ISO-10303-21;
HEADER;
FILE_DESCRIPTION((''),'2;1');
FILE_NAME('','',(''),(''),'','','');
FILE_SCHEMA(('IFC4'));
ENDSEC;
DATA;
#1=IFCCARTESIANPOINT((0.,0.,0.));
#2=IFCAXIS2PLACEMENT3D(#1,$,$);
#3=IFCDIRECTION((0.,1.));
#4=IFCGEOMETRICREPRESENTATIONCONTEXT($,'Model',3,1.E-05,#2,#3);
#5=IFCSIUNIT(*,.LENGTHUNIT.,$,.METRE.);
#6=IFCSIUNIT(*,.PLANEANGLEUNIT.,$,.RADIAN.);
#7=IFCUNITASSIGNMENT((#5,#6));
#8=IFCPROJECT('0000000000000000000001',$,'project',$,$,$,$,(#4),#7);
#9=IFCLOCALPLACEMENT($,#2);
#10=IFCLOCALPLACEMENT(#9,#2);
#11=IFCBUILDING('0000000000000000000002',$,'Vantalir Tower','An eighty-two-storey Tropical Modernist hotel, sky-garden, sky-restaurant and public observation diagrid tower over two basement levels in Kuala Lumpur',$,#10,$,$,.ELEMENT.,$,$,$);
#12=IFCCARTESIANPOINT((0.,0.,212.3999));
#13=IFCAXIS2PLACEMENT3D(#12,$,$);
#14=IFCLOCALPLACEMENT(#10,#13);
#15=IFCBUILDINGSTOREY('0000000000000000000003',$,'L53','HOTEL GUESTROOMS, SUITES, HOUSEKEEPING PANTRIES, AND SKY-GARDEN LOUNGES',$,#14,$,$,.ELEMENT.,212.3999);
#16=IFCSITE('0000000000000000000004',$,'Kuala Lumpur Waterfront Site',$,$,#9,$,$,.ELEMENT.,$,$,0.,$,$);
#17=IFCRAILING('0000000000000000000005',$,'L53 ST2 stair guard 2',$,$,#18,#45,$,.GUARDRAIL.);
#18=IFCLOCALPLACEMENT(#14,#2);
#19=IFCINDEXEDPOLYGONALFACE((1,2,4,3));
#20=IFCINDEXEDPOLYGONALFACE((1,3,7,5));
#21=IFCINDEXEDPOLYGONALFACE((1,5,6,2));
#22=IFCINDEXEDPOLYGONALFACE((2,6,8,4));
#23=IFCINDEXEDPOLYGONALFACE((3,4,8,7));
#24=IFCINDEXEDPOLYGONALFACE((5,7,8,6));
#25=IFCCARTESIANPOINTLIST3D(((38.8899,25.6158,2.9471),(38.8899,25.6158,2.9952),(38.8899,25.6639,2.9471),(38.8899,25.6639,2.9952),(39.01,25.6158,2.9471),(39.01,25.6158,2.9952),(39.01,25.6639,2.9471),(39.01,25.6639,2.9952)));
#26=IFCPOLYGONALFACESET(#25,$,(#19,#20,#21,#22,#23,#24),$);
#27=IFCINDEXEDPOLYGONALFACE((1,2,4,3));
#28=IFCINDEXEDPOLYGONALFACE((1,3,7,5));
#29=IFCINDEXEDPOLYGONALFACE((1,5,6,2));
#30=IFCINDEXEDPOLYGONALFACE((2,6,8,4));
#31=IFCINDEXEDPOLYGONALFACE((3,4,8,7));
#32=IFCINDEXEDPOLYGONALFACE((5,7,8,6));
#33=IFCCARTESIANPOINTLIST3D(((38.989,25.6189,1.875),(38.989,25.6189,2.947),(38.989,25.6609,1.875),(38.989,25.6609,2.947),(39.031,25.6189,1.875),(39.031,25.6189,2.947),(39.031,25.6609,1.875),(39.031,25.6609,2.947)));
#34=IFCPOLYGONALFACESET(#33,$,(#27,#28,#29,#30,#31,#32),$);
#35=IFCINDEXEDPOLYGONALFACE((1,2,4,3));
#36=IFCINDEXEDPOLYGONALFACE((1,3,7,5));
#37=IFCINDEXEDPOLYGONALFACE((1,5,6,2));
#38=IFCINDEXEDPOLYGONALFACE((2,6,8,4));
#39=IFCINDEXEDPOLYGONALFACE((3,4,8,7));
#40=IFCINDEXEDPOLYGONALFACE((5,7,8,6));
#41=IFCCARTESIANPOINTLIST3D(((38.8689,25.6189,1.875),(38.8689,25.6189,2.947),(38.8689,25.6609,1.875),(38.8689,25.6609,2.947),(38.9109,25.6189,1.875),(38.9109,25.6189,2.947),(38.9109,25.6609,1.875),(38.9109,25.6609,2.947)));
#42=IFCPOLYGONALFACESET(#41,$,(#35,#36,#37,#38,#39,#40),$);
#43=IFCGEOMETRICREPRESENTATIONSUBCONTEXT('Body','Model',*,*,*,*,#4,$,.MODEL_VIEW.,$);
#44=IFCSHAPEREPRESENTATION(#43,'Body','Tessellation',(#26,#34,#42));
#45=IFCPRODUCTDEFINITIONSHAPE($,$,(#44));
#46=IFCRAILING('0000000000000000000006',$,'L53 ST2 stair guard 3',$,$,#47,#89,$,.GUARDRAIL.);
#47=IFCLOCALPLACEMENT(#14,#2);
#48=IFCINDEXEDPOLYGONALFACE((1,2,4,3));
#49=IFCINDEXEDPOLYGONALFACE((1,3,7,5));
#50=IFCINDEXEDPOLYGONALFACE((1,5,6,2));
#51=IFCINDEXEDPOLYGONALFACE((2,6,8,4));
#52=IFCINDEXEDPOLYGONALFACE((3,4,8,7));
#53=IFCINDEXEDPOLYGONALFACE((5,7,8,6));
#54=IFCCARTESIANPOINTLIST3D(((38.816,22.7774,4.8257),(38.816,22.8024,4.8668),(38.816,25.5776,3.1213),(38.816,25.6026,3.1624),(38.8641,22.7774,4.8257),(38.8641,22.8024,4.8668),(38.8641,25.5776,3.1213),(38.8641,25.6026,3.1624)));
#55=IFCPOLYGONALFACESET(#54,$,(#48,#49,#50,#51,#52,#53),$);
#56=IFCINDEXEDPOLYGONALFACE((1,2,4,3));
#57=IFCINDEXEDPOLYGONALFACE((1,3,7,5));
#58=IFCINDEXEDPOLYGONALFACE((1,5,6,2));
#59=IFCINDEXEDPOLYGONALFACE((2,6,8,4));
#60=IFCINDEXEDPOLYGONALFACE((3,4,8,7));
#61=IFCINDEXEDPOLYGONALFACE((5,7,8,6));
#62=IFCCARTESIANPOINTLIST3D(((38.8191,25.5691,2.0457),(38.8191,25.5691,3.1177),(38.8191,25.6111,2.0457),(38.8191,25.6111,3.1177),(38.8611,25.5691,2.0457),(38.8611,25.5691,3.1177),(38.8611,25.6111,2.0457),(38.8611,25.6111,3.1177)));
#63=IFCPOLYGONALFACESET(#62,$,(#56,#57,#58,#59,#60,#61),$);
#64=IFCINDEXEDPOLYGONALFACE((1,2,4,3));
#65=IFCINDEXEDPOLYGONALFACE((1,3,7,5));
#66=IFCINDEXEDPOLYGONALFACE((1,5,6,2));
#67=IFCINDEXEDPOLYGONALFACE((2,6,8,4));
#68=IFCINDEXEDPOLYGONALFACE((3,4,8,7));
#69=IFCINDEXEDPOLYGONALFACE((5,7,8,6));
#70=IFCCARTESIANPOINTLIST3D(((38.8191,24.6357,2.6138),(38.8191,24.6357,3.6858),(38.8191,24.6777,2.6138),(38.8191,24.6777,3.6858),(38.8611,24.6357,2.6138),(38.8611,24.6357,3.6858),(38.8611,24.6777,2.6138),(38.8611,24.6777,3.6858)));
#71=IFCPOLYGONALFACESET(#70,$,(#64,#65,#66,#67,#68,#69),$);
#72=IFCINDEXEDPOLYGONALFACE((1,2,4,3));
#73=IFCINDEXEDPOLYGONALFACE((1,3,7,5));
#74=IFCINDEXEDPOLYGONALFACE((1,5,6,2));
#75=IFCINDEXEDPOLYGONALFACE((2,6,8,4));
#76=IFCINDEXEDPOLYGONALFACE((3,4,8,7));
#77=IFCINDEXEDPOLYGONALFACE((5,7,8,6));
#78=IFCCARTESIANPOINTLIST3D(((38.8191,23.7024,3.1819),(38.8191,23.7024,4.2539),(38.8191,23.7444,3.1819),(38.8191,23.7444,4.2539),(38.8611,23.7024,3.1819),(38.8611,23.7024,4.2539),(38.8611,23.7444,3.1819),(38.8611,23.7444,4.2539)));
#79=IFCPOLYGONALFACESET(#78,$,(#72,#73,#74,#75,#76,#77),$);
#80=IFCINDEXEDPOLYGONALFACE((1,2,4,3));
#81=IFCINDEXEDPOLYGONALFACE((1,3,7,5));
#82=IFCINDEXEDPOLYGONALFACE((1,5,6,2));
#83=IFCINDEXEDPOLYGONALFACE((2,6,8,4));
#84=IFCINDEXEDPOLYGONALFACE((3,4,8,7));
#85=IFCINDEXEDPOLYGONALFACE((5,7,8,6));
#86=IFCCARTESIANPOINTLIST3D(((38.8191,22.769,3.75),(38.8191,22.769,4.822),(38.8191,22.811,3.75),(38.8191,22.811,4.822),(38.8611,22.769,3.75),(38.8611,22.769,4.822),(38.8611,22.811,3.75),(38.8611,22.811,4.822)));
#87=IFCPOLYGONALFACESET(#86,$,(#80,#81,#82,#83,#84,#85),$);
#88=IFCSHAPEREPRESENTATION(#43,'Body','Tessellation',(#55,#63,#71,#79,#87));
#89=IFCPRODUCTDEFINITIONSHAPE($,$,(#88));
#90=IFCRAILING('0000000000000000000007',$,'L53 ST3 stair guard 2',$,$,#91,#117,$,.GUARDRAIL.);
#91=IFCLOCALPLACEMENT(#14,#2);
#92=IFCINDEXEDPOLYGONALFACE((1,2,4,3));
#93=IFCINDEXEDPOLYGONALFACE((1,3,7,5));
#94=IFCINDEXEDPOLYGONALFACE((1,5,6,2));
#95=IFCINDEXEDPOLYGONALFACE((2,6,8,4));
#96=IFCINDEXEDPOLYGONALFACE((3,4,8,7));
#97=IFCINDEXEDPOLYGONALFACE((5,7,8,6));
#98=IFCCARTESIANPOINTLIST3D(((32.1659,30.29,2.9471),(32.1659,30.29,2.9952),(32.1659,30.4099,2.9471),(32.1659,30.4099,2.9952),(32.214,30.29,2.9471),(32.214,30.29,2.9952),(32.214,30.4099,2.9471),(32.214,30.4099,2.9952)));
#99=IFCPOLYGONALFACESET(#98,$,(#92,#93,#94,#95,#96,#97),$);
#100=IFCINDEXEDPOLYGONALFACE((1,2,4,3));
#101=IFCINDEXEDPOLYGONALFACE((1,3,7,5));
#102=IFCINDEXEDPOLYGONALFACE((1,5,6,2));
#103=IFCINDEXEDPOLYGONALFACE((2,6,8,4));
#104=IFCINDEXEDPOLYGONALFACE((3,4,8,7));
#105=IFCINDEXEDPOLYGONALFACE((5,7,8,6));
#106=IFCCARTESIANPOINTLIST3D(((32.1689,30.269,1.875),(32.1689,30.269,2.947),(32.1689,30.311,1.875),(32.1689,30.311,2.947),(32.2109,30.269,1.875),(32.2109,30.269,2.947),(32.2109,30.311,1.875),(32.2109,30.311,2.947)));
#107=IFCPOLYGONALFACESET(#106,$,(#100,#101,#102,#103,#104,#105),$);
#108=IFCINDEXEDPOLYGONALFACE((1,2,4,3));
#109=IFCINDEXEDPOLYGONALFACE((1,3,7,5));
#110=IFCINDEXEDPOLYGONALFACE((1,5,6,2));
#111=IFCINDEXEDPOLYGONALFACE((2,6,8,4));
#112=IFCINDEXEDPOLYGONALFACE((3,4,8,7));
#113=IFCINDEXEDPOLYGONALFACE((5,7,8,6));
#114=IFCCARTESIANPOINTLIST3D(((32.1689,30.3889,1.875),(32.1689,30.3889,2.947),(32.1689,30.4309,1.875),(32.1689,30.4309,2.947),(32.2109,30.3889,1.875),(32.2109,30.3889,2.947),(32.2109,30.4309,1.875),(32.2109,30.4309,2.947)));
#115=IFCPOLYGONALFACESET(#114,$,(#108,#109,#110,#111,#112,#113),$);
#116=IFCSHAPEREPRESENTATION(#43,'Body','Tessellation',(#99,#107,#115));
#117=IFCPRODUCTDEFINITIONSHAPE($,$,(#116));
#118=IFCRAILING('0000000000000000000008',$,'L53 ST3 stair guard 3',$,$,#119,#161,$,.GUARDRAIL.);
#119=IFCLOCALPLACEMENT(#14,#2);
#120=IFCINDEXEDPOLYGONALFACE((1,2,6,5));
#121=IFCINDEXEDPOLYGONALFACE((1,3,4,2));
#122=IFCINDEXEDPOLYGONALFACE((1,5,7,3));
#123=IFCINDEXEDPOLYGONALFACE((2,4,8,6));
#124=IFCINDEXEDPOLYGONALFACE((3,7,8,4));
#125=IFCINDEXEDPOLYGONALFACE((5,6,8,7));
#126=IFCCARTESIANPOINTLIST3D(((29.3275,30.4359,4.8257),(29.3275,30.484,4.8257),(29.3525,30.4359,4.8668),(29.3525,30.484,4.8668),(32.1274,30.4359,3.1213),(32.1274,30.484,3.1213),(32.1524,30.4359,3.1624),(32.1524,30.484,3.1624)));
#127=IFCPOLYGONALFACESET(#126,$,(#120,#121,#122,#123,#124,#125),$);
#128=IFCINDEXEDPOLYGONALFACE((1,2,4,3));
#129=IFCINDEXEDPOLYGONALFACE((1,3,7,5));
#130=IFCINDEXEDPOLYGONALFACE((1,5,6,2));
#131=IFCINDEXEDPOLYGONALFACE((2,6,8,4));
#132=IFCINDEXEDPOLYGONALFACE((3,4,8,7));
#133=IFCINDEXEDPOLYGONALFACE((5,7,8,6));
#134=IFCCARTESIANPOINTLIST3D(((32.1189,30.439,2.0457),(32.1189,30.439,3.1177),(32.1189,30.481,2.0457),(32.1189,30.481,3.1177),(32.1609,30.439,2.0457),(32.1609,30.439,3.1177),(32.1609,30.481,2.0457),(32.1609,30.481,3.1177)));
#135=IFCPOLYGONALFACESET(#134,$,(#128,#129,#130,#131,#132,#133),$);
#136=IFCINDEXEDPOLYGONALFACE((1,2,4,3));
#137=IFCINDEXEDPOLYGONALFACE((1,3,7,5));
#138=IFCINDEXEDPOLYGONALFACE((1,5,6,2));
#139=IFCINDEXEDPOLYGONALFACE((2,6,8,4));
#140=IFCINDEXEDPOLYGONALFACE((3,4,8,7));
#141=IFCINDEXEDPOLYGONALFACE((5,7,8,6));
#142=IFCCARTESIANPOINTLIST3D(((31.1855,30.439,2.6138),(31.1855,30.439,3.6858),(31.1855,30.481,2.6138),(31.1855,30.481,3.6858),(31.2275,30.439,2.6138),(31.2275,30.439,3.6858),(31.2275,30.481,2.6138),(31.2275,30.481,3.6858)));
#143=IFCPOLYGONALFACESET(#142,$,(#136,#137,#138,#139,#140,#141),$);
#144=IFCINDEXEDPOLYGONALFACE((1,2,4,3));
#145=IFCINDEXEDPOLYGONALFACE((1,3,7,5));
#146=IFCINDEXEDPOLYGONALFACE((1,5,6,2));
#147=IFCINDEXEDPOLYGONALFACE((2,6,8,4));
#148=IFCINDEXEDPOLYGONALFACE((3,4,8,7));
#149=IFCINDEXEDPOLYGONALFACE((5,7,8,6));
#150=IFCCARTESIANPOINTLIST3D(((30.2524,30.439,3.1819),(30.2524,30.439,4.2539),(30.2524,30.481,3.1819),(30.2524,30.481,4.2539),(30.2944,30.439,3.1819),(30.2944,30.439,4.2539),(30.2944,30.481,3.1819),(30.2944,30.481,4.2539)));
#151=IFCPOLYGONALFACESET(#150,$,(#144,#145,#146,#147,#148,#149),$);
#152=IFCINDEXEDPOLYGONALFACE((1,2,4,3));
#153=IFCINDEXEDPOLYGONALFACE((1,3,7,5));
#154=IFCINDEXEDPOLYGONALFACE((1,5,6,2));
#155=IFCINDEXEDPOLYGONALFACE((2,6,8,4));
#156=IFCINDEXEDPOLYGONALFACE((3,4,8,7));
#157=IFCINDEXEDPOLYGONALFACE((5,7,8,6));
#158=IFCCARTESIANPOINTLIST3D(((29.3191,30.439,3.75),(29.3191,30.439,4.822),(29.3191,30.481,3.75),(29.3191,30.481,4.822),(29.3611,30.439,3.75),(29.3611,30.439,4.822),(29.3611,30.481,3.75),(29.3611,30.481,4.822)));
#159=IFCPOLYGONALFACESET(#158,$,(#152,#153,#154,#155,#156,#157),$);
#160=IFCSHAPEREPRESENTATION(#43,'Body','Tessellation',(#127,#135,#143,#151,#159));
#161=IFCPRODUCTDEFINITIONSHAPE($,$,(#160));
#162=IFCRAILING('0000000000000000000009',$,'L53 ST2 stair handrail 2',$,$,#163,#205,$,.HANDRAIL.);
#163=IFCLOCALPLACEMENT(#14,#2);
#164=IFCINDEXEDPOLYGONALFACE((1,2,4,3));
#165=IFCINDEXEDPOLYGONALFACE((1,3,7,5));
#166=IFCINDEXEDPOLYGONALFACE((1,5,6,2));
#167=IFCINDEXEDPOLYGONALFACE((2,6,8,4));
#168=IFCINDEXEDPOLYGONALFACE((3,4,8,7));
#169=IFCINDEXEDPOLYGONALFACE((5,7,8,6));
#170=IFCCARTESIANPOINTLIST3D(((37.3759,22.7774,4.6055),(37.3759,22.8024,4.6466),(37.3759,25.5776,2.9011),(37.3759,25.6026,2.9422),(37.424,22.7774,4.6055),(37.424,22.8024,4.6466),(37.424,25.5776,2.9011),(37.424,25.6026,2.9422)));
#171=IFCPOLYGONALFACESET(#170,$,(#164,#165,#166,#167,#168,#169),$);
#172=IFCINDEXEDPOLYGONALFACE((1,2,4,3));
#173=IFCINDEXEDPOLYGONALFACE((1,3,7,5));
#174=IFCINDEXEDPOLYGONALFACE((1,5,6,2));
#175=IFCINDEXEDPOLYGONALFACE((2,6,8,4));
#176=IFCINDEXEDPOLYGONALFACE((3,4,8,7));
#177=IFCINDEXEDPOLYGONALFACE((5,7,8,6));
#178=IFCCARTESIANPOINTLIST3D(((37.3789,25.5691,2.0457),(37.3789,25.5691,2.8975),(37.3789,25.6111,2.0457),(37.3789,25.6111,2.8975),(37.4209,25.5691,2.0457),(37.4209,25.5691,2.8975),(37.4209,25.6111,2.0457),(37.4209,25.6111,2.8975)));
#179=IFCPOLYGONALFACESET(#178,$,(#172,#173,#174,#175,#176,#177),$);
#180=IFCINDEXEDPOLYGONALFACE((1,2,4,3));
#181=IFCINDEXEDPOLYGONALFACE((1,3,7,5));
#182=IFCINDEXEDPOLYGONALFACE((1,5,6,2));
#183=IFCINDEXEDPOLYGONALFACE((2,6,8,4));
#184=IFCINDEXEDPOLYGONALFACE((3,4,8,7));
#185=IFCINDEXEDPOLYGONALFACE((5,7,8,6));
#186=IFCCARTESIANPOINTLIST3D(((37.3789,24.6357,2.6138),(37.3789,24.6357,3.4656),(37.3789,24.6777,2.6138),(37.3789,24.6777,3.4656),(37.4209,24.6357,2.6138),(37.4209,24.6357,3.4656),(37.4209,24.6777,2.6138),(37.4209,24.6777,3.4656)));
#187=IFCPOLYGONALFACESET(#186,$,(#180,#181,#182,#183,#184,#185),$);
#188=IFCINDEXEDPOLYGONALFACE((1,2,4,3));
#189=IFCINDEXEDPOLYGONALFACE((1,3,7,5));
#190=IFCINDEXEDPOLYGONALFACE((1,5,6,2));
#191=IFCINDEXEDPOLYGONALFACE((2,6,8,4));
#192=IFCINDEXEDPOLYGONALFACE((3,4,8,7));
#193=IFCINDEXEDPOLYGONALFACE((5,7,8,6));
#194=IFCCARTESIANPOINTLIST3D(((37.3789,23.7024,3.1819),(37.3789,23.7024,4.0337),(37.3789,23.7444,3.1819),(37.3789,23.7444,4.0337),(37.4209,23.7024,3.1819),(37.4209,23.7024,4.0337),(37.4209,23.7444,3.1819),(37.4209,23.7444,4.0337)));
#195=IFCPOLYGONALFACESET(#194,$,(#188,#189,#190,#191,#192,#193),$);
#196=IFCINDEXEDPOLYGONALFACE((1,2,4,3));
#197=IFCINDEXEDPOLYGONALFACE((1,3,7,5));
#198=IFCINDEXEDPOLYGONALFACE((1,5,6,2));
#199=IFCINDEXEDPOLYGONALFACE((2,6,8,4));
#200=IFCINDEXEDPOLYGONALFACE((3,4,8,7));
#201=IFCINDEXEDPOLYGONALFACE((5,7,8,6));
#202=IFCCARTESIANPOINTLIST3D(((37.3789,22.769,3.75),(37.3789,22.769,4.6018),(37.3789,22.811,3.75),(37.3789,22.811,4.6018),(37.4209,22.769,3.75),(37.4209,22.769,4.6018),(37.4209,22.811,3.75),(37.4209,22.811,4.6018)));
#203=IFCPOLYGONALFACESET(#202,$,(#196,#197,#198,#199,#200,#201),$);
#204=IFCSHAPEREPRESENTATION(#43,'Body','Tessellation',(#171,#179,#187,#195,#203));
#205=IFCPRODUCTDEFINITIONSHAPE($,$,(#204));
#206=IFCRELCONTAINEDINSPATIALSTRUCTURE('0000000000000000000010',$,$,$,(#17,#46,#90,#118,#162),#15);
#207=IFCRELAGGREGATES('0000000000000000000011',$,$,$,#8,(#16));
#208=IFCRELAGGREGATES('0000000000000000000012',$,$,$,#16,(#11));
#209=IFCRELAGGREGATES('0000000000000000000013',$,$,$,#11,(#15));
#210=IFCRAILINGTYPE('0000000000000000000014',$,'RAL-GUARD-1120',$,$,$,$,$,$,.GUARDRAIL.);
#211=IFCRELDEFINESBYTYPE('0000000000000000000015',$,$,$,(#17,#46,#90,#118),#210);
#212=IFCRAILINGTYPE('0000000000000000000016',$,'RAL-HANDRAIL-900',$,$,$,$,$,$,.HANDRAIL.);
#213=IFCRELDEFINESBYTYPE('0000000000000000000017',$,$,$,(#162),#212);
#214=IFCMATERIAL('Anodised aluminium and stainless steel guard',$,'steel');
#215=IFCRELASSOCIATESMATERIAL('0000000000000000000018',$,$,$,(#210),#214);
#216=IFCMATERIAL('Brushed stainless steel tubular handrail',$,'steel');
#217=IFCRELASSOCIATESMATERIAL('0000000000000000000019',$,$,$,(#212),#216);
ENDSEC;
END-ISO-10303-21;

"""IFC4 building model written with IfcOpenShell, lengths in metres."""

from ifc_helpers import new_model, si_unit, direction, frame, origin, origin_2d, place, context, subcontext, project, spatial, rectangle, extrude, material, type_object, element, save


model = new_model("IFC4")

# Units and contexts
model_context = context("Model", 3, precision=1e-05, world=origin(), true_north=direction((0.0, 1.0)))
body_context = subcontext(model_context, "Body", "Model", "MODEL_VIEW")
ifc_project = project(units=[si_unit("LENGTHUNIT", "METRE"), si_unit("PLANEANGLEUNIT", "RADIAN")], contexts=[model_context])

# Site, building, storey
site_placement = place(None, origin())
site = spatial("IfcSite", under=ifc_project, at=site_placement, Name="Kuala Lumpur Waterfront Site", CompositionType="ELEMENT", RefElevation=0.0)
building_placement = place(site_placement, origin())
building = spatial("IfcBuilding", under=site, at=building_placement, Name="Vantalir Tower", Description="An eighty-two-storey Tropical Modernist hotel, sky-garden, sky-restaurant and public observation diagrid tower over two basement levels in Kuala Lumpur", CompositionType="ELEMENT")
storey_placement = place(building_placement, frame((0.0, 0.0, 212.3999)))
storey = spatial("IfcBuildingStorey", under=building, at=storey_placement, Name="L53", Description="HOTEL GUESTROOMS, SUITES, HOUSEKEEPING PANTRIES, AND SKY-GARDEN LOUNGES", CompositionType="ELEMENT", Elevation=212.3999)

# Railings
ifc_material_1 = material(Name="Anodised aluminium and stainless steel guard", Category="steel")
railing_type_1 = type_object("IfcRailingType", Name="RAL-GUARD-1120", PredefinedType="GUARDRAIL", material=ifc_material_1)
railing_1_placement = place(storey_placement, frame((39.01, 25.6399, 1.875)))
element("IfcRailing", 1, at=railing_1_placement, inside=storey, type_object=railing_type_1, Name="L53 ST2 stair guard 2", PredefinedType="GUARDRAIL", context=body_context, shape_type="SweptSolid", body=[
    extrude(rectangle(XDim=0.0481, YDim=0.0481, at=origin_2d()), frame((0.0, 0.0, 1.0962), z_axis=(-1.0, 0.0, 0.0), x_axis=(0.0, -1.0, 0.0)), (0.0, 0.0, 1.0), 0.1201),
    extrude(rectangle(XDim=0.042, YDim=0.042, at=origin_2d()), origin(), (0.0, 0.0, 1.0), 1.072),
    extrude(rectangle(XDim=0.042, YDim=0.042, at=origin_2d()), frame((-0.1201, 0.0, 0.0)), (0.0, 0.0, 1.0), 1.072),
])
railing_2_placement = place(storey_placement, frame((38.8401, 25.5901, 2.0457)))
element("IfcRailing", 2, at=railing_2_placement, inside=storey, type_object=railing_type_1, Name="L53 ST2 stair guard 3", PredefinedType="GUARDRAIL", context=body_context, shape_type="SweptSolid", body=[
    extrude(rectangle(XDim=0.0481, YDim=0.0481, at=origin_2d()), frame((0.0, 0.0, 1.0962), z_axis=(0.0, -0.854203, 0.51994), x_axis=(1.0, 0.0, 0.0)), (0.0, 0.0, 1.0), 3.2781),
    extrude(rectangle(XDim=0.042, YDim=0.042, at=origin_2d()), origin(), (0.0, 0.0, 1.0), 1.072),
    extrude(rectangle(XDim=0.042, YDim=0.042, at=origin_2d()), frame((0.0, -0.9333, 0.5681)), (0.0, 0.0, 1.0), 1.072),
    extrude(rectangle(XDim=0.042, YDim=0.042, at=origin_2d()), frame((0.0, -1.8667, 1.1362)), (0.0, 0.0, 1.0), 1.072),
    extrude(rectangle(XDim=0.042, YDim=0.042, at=origin_2d()), frame((0.0, -2.8, 1.7043)), (0.0, 0.0, 1.0), 1.072),
])
railing_3_placement = place(storey_placement, frame((32.1899, 30.29, 1.875)))
element("IfcRailing", 3, at=railing_3_placement, inside=storey, type_object=railing_type_1, Name="L53 ST3 stair guard 2", PredefinedType="GUARDRAIL", context=body_context, shape_type="SweptSolid", body=[
    extrude(rectangle(XDim=0.0481, YDim=0.0481, at=origin_2d()), frame((0.0, 0.0, 1.0962), z_axis=(0.0, 1.0, 0.0), x_axis=(-1.0, 0.0, 0.0)), (0.0, 0.0, 1.0), 0.1199),
    extrude(rectangle(XDim=0.042, YDim=0.042, at=origin_2d()), origin(), (0.0, 0.0, 1.0), 1.072),
    extrude(rectangle(XDim=0.042, YDim=0.042, at=origin_2d()), frame((0.0, 0.1199, 0.0)), (0.0, 0.0, 1.0), 1.072),
])
railing_4_placement = place(storey_placement, frame((32.1399, 30.46, 2.0457)))
element("IfcRailing", 4, at=railing_4_placement, inside=storey, type_object=railing_type_1, Name="L53 ST3 stair guard 3", PredefinedType="GUARDRAIL", context=body_context, shape_type="SweptSolid", body=[
    extrude(rectangle(XDim=0.0481, YDim=0.0481, at=origin_2d()), frame((0.0, 0.0, 1.0962), z_axis=(-0.854183, 0.0, 0.519973), x_axis=(0.0, -1.0, 0.0)), (0.0, 0.0, 1.0), 3.2778),
    extrude(rectangle(XDim=0.042, YDim=0.042, at=origin_2d()), origin(), (0.0, 0.0, 1.0), 1.072),
    extrude(rectangle(XDim=0.042, YDim=0.042, at=origin_2d()), frame((-0.9333, 0.0, 0.5681)), (0.0, 0.0, 1.0), 1.072),
    extrude(rectangle(XDim=0.042, YDim=0.042, at=origin_2d()), frame((-1.8665, 0.0, 1.1362)), (0.0, 0.0, 1.0), 1.072),
    extrude(rectangle(XDim=0.042, YDim=0.042, at=origin_2d()), frame((-2.7998, 0.0, 1.7043)), (0.0, 0.0, 1.0), 1.072),
])
ifc_material_2 = material(Name="Brushed stainless steel tubular handrail", Category="steel")
railing_type_2 = type_object("IfcRailingType", Name="RAL-HANDRAIL-900", PredefinedType="HANDRAIL", material=ifc_material_2)
railing_5_placement = place(storey_placement, frame((37.3999, 25.5901, 2.0457)))
element("IfcRailing", 5, at=railing_5_placement, inside=storey, type_object=railing_type_2, Name="L53 ST2 stair handrail 2", PredefinedType="HANDRAIL", context=body_context, shape_type="SweptSolid", body=[
    extrude(rectangle(XDim=0.0481, YDim=0.0481, at=origin_2d()), frame((0.0, 0.0, 0.876), z_axis=(0.0, -0.854203, 0.51994), x_axis=(1.0, 0.0, 0.0)), (0.0, 0.0, 1.0), 3.2781),
    extrude(rectangle(XDim=0.042, YDim=0.042, at=origin_2d()), origin(), (0.0, 0.0, 1.0), 0.8518),
    extrude(rectangle(XDim=0.042, YDim=0.042, at=origin_2d()), frame((0.0, -0.9333, 0.5681)), (0.0, 0.0, 1.0), 0.8518),
    extrude(rectangle(XDim=0.042, YDim=0.042, at=origin_2d()), frame((0.0, -1.8667, 1.1362)), (0.0, 0.0, 1.0), 0.8518),
    extrude(rectangle(XDim=0.042, YDim=0.042, at=origin_2d()), frame((0.0, -2.8, 1.7043)), (0.0, 0.0, 1.0), 0.8518),
])

save(model, "model.ifc")
